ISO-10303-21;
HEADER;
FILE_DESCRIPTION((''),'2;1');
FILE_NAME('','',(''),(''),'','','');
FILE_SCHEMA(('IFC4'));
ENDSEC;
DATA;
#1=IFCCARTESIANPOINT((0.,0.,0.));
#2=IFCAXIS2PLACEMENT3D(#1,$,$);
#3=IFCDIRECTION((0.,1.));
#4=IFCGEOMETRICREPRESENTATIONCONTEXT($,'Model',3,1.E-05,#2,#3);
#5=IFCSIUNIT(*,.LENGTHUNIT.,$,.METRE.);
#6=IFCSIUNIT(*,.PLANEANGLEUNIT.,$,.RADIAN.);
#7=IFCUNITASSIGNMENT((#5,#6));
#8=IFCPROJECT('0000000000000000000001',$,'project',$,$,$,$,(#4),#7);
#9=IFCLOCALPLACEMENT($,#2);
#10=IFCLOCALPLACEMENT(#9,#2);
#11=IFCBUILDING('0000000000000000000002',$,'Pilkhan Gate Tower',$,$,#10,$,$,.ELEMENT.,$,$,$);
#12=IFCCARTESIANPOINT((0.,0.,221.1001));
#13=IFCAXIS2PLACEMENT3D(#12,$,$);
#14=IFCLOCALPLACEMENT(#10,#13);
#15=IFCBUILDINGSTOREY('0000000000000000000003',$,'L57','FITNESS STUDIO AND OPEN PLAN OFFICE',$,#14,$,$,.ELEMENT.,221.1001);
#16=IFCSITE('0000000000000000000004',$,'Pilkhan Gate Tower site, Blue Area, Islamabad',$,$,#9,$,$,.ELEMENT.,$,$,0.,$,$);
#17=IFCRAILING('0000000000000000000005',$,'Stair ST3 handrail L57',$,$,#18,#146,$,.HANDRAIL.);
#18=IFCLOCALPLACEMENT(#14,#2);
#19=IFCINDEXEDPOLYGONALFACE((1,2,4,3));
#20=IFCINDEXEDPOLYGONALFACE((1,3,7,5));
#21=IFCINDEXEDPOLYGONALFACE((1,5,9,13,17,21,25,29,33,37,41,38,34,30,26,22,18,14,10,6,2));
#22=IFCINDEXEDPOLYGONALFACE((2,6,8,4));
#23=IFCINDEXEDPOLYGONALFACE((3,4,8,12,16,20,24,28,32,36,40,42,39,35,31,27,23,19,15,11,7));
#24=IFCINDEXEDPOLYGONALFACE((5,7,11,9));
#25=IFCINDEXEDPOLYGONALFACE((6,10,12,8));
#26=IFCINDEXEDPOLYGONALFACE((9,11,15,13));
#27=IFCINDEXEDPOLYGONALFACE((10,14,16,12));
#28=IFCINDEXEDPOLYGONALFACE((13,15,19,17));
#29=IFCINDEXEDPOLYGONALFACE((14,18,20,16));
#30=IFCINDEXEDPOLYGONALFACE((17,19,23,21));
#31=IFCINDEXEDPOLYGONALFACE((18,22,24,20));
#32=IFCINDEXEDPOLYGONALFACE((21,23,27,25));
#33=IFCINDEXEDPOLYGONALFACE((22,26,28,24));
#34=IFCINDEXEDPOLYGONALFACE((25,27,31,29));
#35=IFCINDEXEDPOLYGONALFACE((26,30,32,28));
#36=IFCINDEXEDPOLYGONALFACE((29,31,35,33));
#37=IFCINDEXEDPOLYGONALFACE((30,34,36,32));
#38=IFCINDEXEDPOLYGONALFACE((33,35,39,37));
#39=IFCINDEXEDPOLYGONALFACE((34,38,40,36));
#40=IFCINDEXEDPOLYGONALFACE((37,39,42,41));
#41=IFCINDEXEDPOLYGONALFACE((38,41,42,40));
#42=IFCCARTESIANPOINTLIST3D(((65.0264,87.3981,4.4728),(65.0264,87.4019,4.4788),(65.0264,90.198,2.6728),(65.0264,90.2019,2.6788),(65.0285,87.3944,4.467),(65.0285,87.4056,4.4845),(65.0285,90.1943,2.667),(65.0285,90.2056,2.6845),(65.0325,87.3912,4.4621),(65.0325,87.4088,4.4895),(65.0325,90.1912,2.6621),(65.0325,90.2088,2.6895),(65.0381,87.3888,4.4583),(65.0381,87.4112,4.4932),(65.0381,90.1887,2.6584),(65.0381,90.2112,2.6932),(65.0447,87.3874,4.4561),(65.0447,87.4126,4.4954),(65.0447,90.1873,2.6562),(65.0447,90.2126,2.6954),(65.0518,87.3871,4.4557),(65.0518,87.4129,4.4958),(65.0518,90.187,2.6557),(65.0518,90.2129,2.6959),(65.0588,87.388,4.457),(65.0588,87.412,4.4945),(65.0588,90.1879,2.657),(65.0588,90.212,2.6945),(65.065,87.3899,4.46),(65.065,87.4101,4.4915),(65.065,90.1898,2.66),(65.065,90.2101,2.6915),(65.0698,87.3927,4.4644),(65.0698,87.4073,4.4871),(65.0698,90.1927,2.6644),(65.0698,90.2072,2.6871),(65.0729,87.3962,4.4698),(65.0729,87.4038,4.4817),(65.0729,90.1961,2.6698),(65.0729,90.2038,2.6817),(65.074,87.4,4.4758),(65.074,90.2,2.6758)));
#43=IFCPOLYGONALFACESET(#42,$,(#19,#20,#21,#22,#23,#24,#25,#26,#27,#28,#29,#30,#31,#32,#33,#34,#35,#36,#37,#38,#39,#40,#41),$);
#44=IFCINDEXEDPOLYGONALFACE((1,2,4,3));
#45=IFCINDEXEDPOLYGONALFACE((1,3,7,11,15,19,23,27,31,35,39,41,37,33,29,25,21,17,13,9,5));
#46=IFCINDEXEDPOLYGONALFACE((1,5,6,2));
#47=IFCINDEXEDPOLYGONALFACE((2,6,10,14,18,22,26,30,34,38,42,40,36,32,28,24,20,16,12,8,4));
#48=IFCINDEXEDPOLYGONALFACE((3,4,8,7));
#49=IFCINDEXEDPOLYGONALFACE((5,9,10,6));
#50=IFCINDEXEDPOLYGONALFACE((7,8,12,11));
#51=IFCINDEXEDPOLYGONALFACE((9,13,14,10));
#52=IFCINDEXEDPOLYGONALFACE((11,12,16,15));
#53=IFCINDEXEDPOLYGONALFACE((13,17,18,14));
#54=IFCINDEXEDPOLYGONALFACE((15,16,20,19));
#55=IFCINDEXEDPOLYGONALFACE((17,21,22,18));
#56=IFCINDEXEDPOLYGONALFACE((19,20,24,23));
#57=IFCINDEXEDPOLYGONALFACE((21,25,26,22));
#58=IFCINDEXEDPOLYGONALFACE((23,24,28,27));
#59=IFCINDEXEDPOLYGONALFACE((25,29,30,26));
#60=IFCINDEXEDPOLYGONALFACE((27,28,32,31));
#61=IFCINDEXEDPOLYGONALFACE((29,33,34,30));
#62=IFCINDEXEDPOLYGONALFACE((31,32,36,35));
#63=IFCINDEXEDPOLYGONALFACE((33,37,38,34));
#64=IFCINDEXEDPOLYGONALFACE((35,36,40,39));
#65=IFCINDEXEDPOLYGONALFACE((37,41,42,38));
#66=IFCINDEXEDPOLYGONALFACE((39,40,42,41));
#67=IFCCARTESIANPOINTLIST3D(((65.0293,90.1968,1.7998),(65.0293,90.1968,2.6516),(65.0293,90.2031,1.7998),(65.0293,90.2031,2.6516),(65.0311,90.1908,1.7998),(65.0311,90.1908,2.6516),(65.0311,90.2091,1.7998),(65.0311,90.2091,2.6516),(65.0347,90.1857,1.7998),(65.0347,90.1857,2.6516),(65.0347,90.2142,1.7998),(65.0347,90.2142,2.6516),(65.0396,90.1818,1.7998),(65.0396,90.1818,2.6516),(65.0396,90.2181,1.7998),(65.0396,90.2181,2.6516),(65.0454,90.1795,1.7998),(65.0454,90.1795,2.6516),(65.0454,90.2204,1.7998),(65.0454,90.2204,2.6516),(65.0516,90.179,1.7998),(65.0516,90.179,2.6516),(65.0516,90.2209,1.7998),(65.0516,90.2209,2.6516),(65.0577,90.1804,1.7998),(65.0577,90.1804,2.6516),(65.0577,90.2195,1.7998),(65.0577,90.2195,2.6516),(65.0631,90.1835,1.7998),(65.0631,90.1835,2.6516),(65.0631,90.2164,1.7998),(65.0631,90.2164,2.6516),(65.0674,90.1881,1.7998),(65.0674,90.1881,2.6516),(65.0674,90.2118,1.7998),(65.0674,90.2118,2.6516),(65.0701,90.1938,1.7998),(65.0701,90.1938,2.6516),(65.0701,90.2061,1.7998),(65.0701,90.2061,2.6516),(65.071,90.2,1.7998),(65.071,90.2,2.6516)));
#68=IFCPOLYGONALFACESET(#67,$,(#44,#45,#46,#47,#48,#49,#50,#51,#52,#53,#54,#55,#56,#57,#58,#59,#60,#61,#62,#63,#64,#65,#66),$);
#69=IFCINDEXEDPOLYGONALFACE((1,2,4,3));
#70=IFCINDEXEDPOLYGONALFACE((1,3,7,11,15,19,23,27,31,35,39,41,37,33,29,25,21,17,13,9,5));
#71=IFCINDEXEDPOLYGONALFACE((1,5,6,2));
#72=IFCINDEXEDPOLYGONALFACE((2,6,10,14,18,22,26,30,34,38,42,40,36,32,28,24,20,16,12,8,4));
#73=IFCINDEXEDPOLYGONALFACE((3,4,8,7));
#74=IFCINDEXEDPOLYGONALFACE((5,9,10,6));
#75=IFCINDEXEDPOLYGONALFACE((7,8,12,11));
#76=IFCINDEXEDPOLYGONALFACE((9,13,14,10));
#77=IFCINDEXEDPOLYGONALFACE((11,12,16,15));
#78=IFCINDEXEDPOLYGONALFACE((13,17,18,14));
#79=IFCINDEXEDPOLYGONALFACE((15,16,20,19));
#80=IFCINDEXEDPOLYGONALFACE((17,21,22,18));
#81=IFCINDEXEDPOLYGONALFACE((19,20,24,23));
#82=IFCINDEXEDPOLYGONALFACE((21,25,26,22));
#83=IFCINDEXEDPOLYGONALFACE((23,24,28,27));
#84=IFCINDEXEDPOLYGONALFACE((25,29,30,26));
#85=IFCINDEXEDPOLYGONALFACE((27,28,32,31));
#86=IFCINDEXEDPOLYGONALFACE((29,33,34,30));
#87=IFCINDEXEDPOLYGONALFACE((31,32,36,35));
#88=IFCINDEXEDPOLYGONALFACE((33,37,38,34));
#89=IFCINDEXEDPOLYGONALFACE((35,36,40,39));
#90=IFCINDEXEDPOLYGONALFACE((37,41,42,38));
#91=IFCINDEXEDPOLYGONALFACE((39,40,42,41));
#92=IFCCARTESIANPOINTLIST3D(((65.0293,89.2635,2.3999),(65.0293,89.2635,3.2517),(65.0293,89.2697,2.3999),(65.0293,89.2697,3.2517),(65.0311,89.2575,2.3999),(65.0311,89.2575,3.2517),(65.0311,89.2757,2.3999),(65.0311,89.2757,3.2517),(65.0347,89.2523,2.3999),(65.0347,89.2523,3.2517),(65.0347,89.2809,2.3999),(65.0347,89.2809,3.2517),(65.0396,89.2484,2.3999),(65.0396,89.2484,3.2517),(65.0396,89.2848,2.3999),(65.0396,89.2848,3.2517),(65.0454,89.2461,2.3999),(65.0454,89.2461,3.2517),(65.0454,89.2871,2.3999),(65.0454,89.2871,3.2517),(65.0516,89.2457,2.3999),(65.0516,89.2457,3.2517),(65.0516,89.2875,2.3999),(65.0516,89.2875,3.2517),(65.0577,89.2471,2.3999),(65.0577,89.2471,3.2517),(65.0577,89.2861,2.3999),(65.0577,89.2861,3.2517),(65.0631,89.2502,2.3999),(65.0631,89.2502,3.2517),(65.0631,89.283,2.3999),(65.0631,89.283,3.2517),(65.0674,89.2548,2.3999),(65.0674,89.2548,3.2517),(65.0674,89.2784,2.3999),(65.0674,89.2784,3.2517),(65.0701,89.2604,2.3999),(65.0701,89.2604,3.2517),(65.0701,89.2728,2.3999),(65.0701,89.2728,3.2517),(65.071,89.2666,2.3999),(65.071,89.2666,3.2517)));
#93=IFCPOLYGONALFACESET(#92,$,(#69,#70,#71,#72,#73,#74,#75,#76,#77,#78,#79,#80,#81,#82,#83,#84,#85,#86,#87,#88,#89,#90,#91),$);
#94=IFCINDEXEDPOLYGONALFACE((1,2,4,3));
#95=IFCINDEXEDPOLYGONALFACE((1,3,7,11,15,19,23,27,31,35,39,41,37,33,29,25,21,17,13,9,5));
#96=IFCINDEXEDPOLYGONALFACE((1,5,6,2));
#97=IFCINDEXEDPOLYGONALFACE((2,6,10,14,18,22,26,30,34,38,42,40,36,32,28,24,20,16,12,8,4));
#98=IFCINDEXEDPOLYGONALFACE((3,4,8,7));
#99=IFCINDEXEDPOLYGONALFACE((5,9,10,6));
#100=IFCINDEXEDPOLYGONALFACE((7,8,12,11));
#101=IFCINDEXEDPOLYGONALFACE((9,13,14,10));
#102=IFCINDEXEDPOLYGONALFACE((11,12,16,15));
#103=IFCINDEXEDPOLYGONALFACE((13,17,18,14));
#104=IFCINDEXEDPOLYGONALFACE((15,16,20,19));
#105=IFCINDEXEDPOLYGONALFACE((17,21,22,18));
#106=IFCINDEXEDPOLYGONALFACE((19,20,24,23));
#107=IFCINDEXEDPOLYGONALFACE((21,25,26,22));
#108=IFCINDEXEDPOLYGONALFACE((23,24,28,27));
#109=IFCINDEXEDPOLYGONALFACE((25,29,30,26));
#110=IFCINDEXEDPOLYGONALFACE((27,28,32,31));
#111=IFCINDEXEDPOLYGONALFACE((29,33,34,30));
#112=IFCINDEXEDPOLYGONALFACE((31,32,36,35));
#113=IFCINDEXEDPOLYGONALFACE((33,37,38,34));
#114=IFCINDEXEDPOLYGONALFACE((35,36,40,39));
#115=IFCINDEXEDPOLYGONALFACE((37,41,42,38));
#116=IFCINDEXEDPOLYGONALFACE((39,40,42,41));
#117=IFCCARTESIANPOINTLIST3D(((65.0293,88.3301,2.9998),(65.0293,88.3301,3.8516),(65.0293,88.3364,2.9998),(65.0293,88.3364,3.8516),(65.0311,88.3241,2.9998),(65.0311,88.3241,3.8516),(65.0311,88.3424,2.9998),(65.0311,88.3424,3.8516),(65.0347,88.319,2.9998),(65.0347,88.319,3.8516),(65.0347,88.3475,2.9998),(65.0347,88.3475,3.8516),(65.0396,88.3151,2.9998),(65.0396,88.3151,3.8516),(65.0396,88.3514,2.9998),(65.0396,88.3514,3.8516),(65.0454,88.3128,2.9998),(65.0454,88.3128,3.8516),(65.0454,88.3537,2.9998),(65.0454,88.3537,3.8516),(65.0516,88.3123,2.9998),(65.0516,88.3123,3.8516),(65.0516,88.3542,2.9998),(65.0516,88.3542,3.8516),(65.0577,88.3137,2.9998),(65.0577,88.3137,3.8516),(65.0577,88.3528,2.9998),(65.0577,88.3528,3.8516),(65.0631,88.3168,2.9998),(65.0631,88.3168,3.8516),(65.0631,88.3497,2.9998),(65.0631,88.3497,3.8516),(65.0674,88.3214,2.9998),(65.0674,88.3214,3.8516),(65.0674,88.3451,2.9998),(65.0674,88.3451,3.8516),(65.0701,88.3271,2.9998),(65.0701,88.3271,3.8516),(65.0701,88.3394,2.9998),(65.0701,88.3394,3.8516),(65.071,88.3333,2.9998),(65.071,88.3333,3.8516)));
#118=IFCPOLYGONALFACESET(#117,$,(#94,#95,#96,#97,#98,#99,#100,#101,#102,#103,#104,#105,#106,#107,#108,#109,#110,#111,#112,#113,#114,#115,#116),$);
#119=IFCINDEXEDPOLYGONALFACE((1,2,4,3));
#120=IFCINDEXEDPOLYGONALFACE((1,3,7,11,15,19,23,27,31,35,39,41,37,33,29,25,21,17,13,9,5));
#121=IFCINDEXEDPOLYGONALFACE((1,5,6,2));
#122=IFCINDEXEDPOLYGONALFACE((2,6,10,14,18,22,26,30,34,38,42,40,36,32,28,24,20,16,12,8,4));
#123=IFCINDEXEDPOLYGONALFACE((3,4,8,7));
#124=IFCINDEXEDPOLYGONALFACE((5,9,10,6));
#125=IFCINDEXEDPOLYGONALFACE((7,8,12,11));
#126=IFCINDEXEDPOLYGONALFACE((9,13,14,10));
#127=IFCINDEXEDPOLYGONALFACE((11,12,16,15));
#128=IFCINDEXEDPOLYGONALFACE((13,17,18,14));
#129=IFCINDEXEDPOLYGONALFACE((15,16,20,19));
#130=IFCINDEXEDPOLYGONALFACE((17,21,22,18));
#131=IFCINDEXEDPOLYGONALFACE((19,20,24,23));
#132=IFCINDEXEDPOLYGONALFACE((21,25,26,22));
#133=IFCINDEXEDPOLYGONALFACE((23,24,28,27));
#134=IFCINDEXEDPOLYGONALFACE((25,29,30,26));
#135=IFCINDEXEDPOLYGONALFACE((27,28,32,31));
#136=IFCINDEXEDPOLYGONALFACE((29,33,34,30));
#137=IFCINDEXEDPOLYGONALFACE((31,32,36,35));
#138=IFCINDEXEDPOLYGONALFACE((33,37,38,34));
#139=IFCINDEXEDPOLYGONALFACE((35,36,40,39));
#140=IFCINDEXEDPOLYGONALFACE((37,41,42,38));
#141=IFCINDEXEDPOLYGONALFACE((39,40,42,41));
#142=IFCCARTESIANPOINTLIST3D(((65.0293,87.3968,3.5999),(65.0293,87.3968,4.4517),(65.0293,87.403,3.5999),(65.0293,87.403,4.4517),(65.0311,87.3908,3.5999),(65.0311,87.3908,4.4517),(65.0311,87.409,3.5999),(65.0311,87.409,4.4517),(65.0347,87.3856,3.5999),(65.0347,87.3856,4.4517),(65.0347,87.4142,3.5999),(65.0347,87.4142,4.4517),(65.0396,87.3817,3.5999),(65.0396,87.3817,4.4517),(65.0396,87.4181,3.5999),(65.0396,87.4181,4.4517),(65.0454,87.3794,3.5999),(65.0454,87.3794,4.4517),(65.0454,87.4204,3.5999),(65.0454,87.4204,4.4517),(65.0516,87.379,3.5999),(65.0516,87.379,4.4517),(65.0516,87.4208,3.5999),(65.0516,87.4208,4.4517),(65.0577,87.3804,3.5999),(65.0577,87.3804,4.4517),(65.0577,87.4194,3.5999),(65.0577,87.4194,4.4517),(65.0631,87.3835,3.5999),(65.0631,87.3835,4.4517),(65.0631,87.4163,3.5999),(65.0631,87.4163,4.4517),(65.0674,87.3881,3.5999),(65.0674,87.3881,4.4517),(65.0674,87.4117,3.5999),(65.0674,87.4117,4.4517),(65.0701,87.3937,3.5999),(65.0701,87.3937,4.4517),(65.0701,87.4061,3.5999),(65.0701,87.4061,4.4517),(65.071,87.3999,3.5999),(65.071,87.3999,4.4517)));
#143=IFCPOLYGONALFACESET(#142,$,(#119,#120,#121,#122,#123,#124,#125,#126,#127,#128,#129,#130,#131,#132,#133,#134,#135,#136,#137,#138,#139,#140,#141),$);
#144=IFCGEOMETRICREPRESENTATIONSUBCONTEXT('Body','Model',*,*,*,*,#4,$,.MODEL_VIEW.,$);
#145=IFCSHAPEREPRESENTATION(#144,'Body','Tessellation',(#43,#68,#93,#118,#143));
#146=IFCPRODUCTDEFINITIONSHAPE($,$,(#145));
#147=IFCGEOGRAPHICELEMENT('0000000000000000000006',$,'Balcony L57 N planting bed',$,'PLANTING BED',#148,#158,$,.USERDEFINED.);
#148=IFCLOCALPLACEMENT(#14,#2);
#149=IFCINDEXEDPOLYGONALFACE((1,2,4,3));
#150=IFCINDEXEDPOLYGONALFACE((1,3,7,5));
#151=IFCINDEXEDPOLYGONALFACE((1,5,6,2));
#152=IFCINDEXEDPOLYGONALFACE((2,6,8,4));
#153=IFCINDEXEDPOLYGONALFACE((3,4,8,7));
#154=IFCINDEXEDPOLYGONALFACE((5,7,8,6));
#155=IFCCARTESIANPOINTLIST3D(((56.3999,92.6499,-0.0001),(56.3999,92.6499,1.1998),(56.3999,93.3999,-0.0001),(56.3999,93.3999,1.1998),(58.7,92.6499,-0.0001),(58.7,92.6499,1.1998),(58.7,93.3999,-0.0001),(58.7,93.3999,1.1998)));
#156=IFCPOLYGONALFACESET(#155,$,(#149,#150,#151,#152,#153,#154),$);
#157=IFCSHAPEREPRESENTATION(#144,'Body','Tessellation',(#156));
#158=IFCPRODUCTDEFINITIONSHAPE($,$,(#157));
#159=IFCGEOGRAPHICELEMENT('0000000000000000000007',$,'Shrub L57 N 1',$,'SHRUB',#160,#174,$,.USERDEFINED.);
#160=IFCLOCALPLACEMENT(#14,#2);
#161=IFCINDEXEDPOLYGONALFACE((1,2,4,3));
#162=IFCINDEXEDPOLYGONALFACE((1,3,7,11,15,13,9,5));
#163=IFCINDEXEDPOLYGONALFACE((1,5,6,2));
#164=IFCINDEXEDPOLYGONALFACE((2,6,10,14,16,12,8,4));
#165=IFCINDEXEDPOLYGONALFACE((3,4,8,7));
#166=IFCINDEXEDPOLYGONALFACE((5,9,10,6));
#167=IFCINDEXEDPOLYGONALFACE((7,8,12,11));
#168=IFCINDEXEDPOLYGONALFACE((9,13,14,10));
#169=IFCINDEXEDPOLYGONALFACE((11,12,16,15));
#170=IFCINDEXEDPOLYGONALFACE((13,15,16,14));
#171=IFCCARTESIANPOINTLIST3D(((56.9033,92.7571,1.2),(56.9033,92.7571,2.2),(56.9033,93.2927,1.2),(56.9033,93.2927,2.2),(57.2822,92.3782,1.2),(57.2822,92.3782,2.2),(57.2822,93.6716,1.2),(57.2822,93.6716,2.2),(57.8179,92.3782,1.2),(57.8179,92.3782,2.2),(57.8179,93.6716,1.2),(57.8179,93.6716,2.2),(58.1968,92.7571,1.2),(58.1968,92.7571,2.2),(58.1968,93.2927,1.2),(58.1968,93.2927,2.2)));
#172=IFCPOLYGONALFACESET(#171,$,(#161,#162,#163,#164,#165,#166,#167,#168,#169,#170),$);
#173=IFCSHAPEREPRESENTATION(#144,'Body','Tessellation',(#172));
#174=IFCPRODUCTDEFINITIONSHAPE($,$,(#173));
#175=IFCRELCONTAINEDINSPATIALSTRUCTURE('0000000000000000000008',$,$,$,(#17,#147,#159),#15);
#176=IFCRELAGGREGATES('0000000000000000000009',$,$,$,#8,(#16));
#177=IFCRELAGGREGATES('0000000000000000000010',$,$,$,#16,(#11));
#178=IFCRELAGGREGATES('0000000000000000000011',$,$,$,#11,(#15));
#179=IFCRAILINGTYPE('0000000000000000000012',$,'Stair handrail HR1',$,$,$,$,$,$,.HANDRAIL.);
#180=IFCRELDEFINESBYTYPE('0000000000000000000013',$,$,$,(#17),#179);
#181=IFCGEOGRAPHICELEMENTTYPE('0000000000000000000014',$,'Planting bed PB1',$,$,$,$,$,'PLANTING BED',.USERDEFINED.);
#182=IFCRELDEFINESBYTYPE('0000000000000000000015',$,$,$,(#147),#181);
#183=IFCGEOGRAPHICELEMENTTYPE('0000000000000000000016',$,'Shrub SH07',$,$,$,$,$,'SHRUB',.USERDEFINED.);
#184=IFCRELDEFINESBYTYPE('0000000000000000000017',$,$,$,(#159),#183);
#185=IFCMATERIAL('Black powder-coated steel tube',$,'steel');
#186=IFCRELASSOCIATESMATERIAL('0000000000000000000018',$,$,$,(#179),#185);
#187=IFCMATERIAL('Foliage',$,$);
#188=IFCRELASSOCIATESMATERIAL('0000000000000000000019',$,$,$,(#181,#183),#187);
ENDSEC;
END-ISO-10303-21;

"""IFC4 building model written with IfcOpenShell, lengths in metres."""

from ifc_helpers import new_model, si_unit, direction, frame, origin, origin_2d, place, context, subcontext, project, spatial, polyline, rectangle, circle, outline, extrude, material, material_profile, profile_set, type_object, element, save


model = new_model("IFC4")

# Units and contexts
model_context = context("Model", 3, precision=1e-05, world=origin(), true_north=direction((0.0, 1.0)))
body_context = subcontext(model_context, "Body", "Model", "MODEL_VIEW")
ifc_project = project(units=[si_unit("LENGTHUNIT", "METRE"), si_unit("PLANEANGLEUNIT", "RADIAN")], contexts=[model_context])

# Site, building, storey
site_placement = place(None, origin())
site = spatial("IfcSite", under=ifc_project, at=site_placement, Name="Pilkhan Gate Tower site, Blue Area, Islamabad", CompositionType="ELEMENT", RefElevation=0.0)
building_placement = place(site_placement, origin())
building = spatial("IfcBuilding", under=site, at=building_placement, Name="Pilkhan Gate Tower", CompositionType="ELEMENT")
storey_placement = place(building_placement, frame((0.0, 0.0, 221.1001)))
storey = spatial("IfcBuildingStorey", under=building, at=storey_placement, Name="L57", Description="FITNESS STUDIO AND OPEN PLAN OFFICE", CompositionType="ELEMENT", Elevation=221.1001)

# Railing
ifc_material_1 = material(Name="Black powder-coated steel tube", Category="steel")
railing_type_1 = type_object("IfcRailingType", Name="Stair handrail HR1", PredefinedType="HANDRAIL", material=ifc_material_1)
railing_1_placement = place(storey_placement, frame((65.05, 90.2, 1.7998)))
element("IfcRailing", 1, at=railing_1_placement, inside=storey, type_object=railing_type_1, Name="Stair ST3 handrail L57", PredefinedType="HANDRAIL", context=body_context, shape_type="SweptSolid", body=[
    extrude(circle(Radius=0.0239, at=origin_2d()), frame((0.0, 0.0, 0.876), z_axis=(0.0, -0.841176, 0.540761), x_axis=(1.0, 0.0, 0.0)), (0.0, 0.0, 1.0), 3.3286),
    extrude(circle(Radius=0.021, at=origin_2d()), origin(), (0.0, 0.0, 1.0), 0.8518),
    extrude(circle(Radius=0.021, at=origin_2d()), frame((0.0, -0.9333, 0.6001)), (0.0, 0.0, 1.0), 0.8518),
    extrude(circle(Radius=0.021, at=origin_2d()), frame((0.0, -1.8667, 1.2)), (0.0, 0.0, 1.0), 0.8518),
    extrude(circle(Radius=0.021, at=origin_2d()), frame((0.0, -2.8, 1.8)), (0.0, 0.0, 1.0), 0.8518),
])

# Geographic elements
ifc_material_2 = material(Name="Foliage")
ifc_material_profile_1 = material_profile(ifc_material_2, rectangle(XDim=0.75, YDim=1.2, at=origin_2d()), Name="Bed 750x1200")
ifc_profile_set_1 = profile_set([ifc_material_profile_1], Name="Foliage")
geographic_element_type_1 = type_object("IfcGeographicElementType", Name="Planting bed PB1", ElementType="PLANTING BED", PredefinedType="USERDEFINED", material=ifc_profile_set_1)
geographic_element_1_placement = place(storey_placement, frame((56.3999, 93.0249, 0.5999), z_axis=(1.0, 0.0, 0.0), x_axis=(0.0, 1.0, 0.0)))
element("IfcGeographicElement", 2, at=geographic_element_1_placement, inside=storey, type_object=geographic_element_type_1, Name="Balcony L57 N planting bed", ObjectType="PLANTING BED", PredefinedType="USERDEFINED", context=body_context, shape_type="SweptSolid", body=[
    extrude(rectangle(XDim=0.75, YDim=1.2, at=origin_2d()), origin(), (0.0, 0.0, 1.0), 2.3),
])
ifc_material_profile_2 = material_profile(ifc_material_2, outline(polyline([(0.6467, 0.2678), (0.2678, 0.6467), (-0.2678, 0.6467), (-0.6467, 0.2678), (-0.6467, -0.2678), (-0.2678, -0.6467), (0.2678, -0.6467), (0.6467, -0.2678), (0.6467, 0.2678)])), Name="Shrub D1.4")
ifc_profile_set_2 = profile_set([ifc_material_profile_2], Name="Foliage")
geographic_element_type_2 = type_object("IfcGeographicElementType", Name="Shrub SH07", ElementType="SHRUB", PredefinedType="USERDEFINED", material=ifc_profile_set_2)
geographic_element_2_placement = place(storey_placement, frame((57.55, 93.0249, 1.2), z_axis=(0.0, 0.0, 1.0), x_axis=(1.0, 0.0, 0.0)))
element("IfcGeographicElement", 3, at=geographic_element_2_placement, inside=storey, type_object=geographic_element_type_2, Name="Shrub L57 N 1", ObjectType="SHRUB", PredefinedType="USERDEFINED", context=body_context, shape_type="SweptSolid", body=[
    extrude(outline(polyline([(0.6467, 0.2678), (0.2678, 0.6467), (-0.2678, 0.6467), (-0.6467, 0.2678), (-0.6467, -0.2678), (-0.2678, -0.6467), (0.2678, -0.6467), (0.6467, -0.2678), (0.6467, 0.2678)])), origin(), (0.0, 0.0, 1.0), 1.0),
])

save(model, "model.ifc")
